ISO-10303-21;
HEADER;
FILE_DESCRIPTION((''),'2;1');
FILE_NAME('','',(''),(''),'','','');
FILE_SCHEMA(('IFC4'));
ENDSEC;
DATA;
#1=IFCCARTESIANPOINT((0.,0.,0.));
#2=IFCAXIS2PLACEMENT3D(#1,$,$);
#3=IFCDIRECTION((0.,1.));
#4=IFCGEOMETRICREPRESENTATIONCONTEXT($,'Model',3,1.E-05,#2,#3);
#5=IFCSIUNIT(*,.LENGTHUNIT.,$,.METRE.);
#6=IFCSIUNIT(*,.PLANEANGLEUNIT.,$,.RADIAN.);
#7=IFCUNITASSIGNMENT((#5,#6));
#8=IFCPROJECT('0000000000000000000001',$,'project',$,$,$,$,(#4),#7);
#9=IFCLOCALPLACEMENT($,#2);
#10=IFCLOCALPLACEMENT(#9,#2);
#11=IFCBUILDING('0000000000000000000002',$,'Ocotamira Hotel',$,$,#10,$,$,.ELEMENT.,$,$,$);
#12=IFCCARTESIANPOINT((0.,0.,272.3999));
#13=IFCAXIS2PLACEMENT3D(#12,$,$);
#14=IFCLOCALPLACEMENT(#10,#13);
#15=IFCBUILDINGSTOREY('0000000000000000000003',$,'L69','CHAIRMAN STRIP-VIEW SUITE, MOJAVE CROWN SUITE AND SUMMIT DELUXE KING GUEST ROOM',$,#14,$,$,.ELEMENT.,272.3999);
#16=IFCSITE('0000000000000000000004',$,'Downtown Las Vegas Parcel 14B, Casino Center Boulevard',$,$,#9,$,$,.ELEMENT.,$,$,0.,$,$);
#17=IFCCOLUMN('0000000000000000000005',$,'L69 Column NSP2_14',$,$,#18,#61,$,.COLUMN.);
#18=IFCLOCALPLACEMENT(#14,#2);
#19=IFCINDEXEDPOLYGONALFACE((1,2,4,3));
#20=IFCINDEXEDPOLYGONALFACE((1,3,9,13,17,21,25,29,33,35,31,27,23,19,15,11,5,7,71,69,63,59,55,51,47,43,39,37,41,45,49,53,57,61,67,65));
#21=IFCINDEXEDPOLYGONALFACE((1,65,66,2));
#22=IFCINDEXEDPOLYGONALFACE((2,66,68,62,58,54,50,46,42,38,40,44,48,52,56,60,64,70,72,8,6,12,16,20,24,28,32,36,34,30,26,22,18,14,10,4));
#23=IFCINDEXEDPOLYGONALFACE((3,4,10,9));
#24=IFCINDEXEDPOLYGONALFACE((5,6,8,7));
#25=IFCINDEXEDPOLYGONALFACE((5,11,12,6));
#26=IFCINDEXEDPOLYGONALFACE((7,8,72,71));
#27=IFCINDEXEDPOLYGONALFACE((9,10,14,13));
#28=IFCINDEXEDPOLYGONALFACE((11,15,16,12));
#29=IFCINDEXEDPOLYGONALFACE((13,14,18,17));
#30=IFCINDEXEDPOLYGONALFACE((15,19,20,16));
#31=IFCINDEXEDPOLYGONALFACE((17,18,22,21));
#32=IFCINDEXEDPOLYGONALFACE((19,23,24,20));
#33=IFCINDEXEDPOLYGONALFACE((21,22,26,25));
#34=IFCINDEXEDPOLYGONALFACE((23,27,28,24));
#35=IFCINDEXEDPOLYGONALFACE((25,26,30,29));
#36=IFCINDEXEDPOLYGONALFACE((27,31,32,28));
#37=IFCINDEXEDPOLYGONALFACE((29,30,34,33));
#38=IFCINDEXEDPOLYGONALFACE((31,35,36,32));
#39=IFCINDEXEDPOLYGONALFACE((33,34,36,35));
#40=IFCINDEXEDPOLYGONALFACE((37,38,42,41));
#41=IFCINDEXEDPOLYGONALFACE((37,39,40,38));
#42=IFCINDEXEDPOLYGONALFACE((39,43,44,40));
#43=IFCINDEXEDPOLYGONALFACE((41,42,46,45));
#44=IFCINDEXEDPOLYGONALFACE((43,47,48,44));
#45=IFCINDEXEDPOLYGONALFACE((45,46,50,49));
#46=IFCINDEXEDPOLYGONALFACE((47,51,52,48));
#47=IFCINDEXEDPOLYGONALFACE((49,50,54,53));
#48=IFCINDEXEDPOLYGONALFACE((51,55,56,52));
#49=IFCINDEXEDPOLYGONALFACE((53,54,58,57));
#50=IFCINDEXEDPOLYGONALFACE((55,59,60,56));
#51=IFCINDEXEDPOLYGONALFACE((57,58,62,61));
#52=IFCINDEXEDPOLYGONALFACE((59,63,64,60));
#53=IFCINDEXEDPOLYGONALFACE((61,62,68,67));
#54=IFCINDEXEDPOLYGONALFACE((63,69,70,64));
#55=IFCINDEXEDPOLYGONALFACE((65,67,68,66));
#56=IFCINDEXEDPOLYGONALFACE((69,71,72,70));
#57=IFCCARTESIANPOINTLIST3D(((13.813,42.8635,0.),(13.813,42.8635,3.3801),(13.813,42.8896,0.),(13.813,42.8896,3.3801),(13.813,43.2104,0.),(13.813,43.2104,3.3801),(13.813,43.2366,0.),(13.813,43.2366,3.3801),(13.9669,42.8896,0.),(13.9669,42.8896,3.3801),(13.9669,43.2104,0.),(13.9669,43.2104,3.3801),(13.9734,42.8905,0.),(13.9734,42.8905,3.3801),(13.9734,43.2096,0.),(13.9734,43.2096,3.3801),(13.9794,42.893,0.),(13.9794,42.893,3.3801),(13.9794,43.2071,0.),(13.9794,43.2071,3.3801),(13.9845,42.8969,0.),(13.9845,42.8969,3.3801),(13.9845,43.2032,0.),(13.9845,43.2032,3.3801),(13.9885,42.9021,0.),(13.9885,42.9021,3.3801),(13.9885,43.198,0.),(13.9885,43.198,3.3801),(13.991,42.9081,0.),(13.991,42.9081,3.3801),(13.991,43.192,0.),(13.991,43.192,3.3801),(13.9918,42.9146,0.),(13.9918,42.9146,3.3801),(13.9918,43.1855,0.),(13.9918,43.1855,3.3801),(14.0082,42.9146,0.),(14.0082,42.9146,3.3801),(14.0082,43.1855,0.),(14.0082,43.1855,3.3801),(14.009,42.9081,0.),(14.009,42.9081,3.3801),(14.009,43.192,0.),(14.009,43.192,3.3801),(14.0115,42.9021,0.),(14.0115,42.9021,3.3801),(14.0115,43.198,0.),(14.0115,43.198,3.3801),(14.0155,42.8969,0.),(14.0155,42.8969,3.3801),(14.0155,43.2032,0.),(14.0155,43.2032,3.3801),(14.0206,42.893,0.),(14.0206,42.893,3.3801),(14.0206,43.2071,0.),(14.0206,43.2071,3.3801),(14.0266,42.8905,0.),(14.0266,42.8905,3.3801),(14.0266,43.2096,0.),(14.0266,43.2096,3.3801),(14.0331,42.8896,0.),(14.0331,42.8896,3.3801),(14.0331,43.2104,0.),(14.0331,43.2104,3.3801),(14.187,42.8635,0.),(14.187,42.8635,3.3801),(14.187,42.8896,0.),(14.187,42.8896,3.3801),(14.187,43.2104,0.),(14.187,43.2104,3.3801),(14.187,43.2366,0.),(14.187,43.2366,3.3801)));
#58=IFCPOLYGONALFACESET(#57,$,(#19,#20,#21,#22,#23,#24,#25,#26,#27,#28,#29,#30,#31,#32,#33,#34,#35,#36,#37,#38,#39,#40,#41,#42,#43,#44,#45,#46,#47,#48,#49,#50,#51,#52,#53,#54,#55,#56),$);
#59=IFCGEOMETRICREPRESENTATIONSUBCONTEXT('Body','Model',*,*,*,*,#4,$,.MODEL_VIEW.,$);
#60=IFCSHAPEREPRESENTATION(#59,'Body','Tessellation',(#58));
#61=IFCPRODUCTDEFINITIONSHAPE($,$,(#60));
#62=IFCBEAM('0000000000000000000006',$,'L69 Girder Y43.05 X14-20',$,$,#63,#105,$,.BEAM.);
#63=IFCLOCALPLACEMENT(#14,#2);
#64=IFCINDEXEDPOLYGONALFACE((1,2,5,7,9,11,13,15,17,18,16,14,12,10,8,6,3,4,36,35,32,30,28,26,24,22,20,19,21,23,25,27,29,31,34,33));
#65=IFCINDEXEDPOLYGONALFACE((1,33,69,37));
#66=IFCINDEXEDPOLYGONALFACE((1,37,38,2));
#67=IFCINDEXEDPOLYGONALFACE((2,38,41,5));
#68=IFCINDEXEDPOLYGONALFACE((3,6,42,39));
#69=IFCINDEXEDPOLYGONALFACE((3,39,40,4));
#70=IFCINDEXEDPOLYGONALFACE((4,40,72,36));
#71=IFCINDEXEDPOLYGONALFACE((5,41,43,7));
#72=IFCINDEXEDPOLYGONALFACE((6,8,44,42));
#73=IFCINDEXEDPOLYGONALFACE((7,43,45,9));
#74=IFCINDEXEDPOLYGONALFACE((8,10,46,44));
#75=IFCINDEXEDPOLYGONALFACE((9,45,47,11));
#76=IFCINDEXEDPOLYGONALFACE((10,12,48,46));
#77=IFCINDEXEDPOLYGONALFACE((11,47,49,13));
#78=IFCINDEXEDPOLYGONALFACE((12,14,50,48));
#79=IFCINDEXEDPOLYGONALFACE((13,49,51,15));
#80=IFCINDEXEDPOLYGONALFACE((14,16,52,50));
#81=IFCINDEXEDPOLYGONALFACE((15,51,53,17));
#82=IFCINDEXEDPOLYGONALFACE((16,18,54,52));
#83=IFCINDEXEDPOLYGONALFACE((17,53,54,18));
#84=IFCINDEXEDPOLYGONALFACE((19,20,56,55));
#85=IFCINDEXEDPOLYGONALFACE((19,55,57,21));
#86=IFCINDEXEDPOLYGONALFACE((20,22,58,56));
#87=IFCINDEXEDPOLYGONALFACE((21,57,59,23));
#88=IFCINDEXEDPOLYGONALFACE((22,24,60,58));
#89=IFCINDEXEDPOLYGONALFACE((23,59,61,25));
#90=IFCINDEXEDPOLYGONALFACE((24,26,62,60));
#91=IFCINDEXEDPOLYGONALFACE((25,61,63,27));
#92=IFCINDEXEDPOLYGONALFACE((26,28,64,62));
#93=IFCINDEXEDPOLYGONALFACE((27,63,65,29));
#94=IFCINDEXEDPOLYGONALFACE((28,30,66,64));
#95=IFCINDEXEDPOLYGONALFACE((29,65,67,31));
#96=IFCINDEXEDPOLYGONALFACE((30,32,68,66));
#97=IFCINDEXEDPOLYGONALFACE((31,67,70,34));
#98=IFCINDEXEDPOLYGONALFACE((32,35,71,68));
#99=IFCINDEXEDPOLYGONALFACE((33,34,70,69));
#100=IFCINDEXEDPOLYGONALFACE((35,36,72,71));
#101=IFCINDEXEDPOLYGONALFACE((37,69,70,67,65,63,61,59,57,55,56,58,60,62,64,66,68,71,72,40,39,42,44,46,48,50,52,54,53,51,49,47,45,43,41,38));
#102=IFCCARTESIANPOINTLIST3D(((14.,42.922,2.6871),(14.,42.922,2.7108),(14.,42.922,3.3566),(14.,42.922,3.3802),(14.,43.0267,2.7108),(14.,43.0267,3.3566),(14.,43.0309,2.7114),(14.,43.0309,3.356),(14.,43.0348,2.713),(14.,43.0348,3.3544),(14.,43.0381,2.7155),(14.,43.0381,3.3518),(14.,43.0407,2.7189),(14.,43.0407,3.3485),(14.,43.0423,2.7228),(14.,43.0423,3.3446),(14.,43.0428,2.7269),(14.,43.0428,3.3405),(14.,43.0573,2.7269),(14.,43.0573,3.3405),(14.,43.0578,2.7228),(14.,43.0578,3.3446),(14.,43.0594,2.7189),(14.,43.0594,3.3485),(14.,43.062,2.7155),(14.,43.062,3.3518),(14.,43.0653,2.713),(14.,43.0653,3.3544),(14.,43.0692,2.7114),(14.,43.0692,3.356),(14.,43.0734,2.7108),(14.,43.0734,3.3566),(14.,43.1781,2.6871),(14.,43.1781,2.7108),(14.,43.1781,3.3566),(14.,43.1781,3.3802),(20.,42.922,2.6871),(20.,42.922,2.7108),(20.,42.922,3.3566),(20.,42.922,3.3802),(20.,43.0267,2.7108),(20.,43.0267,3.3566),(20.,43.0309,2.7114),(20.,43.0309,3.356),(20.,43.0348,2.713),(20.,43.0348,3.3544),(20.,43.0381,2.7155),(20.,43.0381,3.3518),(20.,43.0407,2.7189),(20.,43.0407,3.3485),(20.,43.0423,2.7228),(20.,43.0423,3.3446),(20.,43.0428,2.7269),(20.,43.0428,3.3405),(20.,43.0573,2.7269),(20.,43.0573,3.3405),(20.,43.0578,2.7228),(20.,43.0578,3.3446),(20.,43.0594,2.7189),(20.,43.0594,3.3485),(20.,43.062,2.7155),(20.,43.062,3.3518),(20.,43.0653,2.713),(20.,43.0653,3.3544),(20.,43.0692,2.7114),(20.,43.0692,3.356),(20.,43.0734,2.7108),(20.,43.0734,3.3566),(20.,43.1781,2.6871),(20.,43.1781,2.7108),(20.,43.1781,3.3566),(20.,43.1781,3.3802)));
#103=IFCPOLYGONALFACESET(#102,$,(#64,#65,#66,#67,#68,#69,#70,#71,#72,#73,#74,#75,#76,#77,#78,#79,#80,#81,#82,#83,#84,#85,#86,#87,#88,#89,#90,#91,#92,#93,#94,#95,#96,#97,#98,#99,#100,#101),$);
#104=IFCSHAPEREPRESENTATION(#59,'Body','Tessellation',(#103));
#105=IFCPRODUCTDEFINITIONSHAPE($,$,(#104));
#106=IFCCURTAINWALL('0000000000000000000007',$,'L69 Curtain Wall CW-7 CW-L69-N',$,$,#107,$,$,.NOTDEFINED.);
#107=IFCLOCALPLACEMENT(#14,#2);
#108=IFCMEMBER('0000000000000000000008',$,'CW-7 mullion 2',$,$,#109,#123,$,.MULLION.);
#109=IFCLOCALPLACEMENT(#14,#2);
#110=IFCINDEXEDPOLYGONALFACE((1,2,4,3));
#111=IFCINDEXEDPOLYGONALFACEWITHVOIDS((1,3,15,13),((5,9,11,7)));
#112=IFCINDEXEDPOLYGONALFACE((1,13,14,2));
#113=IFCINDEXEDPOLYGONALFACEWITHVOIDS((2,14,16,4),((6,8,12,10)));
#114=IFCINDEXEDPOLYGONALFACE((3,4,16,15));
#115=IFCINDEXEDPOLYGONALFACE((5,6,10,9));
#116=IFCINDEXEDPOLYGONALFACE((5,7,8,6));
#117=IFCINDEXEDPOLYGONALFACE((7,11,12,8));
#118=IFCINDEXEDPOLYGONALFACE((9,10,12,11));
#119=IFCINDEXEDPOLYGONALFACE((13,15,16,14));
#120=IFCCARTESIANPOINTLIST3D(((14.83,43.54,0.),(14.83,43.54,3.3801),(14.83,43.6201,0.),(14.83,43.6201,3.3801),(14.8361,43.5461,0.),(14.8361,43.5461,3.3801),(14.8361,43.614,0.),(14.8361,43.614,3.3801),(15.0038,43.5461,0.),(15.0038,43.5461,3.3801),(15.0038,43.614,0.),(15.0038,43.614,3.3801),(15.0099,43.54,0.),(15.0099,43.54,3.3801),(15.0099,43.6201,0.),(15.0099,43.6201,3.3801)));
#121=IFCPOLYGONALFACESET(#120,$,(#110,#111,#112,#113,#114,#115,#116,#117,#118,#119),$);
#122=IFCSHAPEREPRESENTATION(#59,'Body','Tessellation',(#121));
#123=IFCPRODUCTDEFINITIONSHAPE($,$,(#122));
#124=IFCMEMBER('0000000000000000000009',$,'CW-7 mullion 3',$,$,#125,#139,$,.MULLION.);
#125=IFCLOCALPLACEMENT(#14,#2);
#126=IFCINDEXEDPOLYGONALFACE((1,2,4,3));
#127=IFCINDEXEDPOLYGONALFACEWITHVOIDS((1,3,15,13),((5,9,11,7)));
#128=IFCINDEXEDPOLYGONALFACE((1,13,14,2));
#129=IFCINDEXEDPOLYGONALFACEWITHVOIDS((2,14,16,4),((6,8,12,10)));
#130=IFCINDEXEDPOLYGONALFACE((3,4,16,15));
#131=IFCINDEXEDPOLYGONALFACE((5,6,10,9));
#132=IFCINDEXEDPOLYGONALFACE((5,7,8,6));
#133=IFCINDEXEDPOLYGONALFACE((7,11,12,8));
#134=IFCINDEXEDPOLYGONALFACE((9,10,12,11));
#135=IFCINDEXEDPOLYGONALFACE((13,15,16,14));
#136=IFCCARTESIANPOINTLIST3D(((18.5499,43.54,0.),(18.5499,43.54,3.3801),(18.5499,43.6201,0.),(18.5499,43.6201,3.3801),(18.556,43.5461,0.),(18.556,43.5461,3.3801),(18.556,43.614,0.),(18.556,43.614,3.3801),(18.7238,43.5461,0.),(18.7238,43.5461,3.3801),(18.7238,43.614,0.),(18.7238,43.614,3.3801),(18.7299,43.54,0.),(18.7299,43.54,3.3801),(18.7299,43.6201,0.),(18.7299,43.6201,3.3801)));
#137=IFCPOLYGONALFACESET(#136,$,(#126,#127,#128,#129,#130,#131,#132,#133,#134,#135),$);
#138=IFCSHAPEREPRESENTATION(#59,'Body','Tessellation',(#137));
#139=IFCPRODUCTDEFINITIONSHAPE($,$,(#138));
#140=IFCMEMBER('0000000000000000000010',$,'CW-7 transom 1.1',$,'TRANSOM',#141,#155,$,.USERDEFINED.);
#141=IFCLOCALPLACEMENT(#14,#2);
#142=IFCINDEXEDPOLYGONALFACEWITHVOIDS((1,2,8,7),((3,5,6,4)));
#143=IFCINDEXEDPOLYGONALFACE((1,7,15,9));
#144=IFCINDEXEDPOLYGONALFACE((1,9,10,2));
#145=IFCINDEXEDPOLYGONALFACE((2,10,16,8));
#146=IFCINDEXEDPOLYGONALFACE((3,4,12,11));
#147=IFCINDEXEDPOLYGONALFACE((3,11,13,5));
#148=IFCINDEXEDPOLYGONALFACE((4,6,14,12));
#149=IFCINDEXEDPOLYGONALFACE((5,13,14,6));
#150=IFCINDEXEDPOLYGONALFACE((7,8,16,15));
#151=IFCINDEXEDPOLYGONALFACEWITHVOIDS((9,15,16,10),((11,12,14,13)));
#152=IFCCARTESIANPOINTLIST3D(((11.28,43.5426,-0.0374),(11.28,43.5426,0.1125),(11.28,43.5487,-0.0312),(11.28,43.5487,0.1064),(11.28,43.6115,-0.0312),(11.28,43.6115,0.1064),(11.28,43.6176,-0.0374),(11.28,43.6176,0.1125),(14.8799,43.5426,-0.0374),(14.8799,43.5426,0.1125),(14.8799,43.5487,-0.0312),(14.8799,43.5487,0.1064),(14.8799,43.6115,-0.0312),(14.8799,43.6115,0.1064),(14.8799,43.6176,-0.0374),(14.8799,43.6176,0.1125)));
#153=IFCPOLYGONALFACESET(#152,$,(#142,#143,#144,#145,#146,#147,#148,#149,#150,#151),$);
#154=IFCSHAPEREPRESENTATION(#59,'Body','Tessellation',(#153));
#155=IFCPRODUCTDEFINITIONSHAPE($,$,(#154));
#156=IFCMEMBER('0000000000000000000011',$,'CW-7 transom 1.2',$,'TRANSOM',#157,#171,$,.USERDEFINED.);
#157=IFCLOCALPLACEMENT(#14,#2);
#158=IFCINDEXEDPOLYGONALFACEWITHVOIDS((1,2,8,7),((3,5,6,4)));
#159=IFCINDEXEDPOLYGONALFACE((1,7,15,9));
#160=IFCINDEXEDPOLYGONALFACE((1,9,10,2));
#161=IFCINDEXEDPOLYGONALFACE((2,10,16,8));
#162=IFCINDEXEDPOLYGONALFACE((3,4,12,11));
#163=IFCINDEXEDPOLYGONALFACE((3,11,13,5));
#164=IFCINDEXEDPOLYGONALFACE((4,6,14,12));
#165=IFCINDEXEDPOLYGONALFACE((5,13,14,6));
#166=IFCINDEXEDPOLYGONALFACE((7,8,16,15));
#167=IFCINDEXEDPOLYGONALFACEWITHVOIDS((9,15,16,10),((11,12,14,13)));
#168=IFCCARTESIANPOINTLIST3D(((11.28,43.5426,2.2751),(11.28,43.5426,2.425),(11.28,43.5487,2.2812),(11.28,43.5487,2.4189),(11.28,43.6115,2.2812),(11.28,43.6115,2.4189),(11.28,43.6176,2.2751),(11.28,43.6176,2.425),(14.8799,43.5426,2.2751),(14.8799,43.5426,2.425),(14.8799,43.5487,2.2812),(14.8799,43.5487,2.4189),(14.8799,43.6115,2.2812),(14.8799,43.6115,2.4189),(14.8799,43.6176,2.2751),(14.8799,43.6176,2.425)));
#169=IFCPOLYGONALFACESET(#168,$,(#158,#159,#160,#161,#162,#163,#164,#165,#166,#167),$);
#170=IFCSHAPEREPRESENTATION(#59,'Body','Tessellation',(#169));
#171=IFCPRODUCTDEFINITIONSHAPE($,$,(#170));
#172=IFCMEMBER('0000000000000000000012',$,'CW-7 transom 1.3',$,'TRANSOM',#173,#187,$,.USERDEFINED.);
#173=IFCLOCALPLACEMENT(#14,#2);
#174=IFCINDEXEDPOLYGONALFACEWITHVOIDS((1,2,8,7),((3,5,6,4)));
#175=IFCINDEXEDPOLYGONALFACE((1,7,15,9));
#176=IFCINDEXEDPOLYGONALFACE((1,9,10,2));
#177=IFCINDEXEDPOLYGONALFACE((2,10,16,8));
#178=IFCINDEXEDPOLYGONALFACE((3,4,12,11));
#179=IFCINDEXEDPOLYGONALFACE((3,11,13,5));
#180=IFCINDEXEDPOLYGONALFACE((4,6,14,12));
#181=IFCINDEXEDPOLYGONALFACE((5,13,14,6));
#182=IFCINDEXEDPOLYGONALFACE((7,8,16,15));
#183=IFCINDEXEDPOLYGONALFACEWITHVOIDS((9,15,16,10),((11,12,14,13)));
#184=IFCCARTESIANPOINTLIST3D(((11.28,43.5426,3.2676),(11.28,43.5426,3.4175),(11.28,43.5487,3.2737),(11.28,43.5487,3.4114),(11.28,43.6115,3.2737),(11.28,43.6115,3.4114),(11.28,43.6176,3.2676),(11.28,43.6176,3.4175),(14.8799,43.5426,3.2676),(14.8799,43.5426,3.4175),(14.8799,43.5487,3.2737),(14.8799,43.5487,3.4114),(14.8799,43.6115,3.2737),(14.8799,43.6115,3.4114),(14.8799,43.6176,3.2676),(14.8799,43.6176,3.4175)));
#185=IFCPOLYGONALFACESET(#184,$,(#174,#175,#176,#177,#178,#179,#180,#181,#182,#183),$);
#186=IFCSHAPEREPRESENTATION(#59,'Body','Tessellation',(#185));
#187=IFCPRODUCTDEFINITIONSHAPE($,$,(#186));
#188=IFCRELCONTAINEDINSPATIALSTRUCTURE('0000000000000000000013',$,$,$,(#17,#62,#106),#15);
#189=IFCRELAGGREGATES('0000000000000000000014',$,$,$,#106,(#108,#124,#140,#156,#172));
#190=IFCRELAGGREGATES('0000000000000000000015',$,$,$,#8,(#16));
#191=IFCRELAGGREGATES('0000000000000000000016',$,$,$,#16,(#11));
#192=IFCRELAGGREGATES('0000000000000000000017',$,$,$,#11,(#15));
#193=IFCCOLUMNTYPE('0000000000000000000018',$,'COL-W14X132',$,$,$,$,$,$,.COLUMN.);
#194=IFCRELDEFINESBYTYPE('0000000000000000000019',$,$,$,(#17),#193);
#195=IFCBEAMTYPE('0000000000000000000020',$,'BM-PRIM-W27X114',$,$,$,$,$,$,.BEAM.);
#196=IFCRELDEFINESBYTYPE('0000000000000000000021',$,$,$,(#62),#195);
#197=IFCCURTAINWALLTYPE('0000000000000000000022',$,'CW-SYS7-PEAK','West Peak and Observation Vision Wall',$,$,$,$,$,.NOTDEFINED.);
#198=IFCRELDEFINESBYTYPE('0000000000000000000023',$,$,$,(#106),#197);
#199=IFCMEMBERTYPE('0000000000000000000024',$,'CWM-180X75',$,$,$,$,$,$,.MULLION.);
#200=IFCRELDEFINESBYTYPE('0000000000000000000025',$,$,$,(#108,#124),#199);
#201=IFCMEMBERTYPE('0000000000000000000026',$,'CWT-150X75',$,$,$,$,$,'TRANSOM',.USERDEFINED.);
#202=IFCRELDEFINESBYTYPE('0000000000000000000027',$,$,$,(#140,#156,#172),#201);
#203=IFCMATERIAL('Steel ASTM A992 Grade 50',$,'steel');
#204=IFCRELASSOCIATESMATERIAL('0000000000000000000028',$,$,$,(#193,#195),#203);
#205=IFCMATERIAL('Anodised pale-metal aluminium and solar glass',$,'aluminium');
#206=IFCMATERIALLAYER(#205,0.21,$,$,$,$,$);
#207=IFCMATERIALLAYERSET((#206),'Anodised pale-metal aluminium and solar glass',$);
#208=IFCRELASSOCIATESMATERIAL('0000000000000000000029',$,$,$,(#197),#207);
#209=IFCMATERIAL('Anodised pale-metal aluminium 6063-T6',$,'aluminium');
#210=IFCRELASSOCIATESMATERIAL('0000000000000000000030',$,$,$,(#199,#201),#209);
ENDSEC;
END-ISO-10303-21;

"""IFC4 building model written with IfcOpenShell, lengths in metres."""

from ifc_helpers import new_model, si_unit, direction, frame, origin, origin_2d, place, context, subcontext, project, spatial, hollow_rectangle, i_section, extrude, source, transform, mapped, material, layer, layer_set, material_profile, profile_set, type_object, element, aggregate, save


model = new_model("IFC4")

# Units and contexts
model_context = context("Model", 3, precision=1e-05, world=origin(), true_north=direction((0.0, 1.0)))
body_context = subcontext(model_context, "Body", "Model", "MODEL_VIEW")
ifc_project = project(units=[si_unit("LENGTHUNIT", "METRE"), si_unit("PLANEANGLEUNIT", "RADIAN")], contexts=[model_context])

# Site, building, storey
site_placement = place(None, origin())
site = spatial("IfcSite", under=ifc_project, at=site_placement, Name="Downtown Las Vegas Parcel 14B, Casino Center Boulevard", CompositionType="ELEMENT", RefElevation=0.0)
building_placement = place(site_placement, origin())
building = spatial("IfcBuilding", under=site, at=building_placement, Name="Ocotamira Hotel", CompositionType="ELEMENT")
storey_placement = place(building_placement, frame((0.0, 0.0, 272.3999)))
storey = spatial("IfcBuildingStorey", under=building, at=storey_placement, Name="L69", Description="CHAIRMAN STRIP-VIEW SUITE, MOJAVE CROWN SUITE AND SUMMIT DELUXE KING GUEST ROOM", CompositionType="ELEMENT", Elevation=272.3999)

# Column
ifc_material_1 = material(Name="Steel ASTM A992 Grade 50", Category="steel")
ifc_material_profile_1 = material_profile(ifc_material_1, i_section(OverallWidth=0.374, OverallDepth=0.373, WebThickness=0.0164, FlangeThickness=0.0261, FilletRadius=0.0249, at=origin_2d()), Name="W14X132")
ifc_profile_set_1 = profile_set([ifc_material_profile_1], Name="Steel ASTM A992 Grade 50")
column_type = type_object("IfcColumnType", Name="COL-W14X132", PredefinedType="COLUMN", material=ifc_profile_set_1)
shared_shape_1 = source(origin(), body_context, "Body", "SweptSolid", [
    extrude(i_section(OverallWidth=0.374, OverallDepth=0.373, WebThickness=0.0164, FlangeThickness=0.0261, FilletRadius=0.0249, at=origin_2d()), origin(), (0.0, 0.0, 1.0), 3.3801),
])
column_placement = place(storey_placement, frame((14.0, 43.05, 0.0), z_axis=(0.0, 0.0, 1.0), x_axis=(1.0, 0.0, 0.0)))
element("IfcColumn", 1, at=column_placement, inside=storey, type_object=column_type, Name="L69 Column NSP2_14", PredefinedType="COLUMN", context=body_context, shape_type="MappedRepresentation", body=[
    mapped(shared_shape_1, transform((0.0, 0.0, 0.0), scale=1.0)),
])

# Beam
ifc_material_profile_2 = material_profile(ifc_material_1, i_section(OverallWidth=0.2561, OverallDepth=0.6931, WebThickness=0.0144, FlangeThickness=0.0237, FilletRadius=0.0161, at=origin_2d()), Name="W27X114")
ifc_profile_set_2 = profile_set([ifc_material_profile_2], Name="Steel ASTM A992 Grade 50")
beam_type = type_object("IfcBeamType", Name="BM-PRIM-W27X114", PredefinedType="BEAM", material=ifc_profile_set_2)
shared_shape_2 = source(origin(), body_context, "Body", "SweptSolid", [
    extrude(i_section(OverallWidth=0.2561, OverallDepth=0.6931, WebThickness=0.0144, FlangeThickness=0.0237, FilletRadius=0.0161, at=origin_2d()), origin(), (0.0, 0.0, 1.0), 6.0),
])
beam_placement = place(storey_placement, frame((14.0, 43.05, 3.0337), z_axis=(1.0, 0.0, 0.0), x_axis=(0.0, 1.0, 0.0)))
element("IfcBeam", 2, at=beam_placement, inside=storey, type_object=beam_type, Name="L69 Girder Y43.05 X14-20", PredefinedType="BEAM", context=body_context, shape_type="MappedRepresentation", body=[
    mapped(shared_shape_2, transform((0.0, 0.0, 0.0), scale=1.0)),
])

# Curtain wall, members
ifc_material_2 = material(Name="Anodised pale-metal aluminium and solar glass", Category="aluminium")
ifc_layer_1 = layer(ifc_material_2, 0.21)
ifc_layer_set_1 = layer_set([ifc_layer_1], Name="Anodised pale-metal aluminium and solar glass")
curtain_wall_type = type_object("IfcCurtainWallType", Name="CW-SYS7-PEAK", Description="West Peak and Observation Vision Wall", PredefinedType="NOTDEFINED", material=ifc_layer_set_1)
curtain_wall_placement = place(storey_placement, origin())
curtain_wall = element("IfcCurtainWall", 3, at=curtain_wall_placement, inside=storey, type_object=curtain_wall_type, Name="L69 Curtain Wall CW-7 CW-L69-N", PredefinedType="NOTDEFINED")
ifc_material_3 = material(Name="Anodised pale-metal aluminium 6063-T6", Category="aluminium")
ifc_material_profile_3 = material_profile(ifc_material_3, hollow_rectangle(XDim=0.0801, YDim=0.1799, WallThickness=0.0061, at=origin_2d()), Name="HSS180X80X6")
ifc_profile_set_3 = profile_set([ifc_material_profile_3], Name="Anodised pale-metal aluminium 6063-T6")
member_type_1 = type_object("IfcMemberType", Name="CWM-180X75", PredefinedType="MULLION", material=ifc_profile_set_3)
shared_shape_3 = source(origin(), body_context, "Body", "SweptSolid", [
    extrude(hollow_rectangle(XDim=0.0801, YDim=0.1799, WallThickness=0.0061, at=origin_2d()), origin(), (0.0, 0.0, 1.0), 3.3801),
])
member_1_placement = place(storey_placement, frame((14.9199, 43.5801, 0.0), z_axis=(0.0, 0.0, 1.0), x_axis=(0.0, 1.0, 0.0)))
member_1 = element("IfcMember", 4, at=member_1_placement, type_object=member_type_1, Name="CW-7 mullion 2", PredefinedType="MULLION", context=body_context, shape_type="MappedRepresentation", body=[
    mapped(shared_shape_3, transform((0.0, 0.0, 0.0), scale=1.0)),
])
member_2_placement = place(storey_placement, frame((18.6399, 43.5801, 0.0), z_axis=(0.0, 0.0, 1.0), x_axis=(0.0, 1.0, 0.0)))
member_2 = element("IfcMember", 5, at=member_2_placement, type_object=member_type_1, Name="CW-7 mullion 3", PredefinedType="MULLION", context=body_context, shape_type="MappedRepresentation", body=[
    mapped(shared_shape_3, transform((0.0, 0.0, 0.0), scale=1.0)),
])
ifc_material_profile_4 = material_profile(ifc_material_3, hollow_rectangle(XDim=0.075, YDim=0.1499, WallThickness=0.0061, at=origin_2d()), Name="HSS150X75X6")
ifc_profile_set_4 = profile_set([ifc_material_profile_4], Name="Anodised pale-metal aluminium 6063-T6")
member_type_2 = type_object("IfcMemberType", Name="CWT-150X75", ElementType="TRANSOM", PredefinedType="USERDEFINED", material=ifc_profile_set_4)
shared_shape_4 = source(origin(), body_context, "Body", "SweptSolid", [
    extrude(hollow_rectangle(XDim=0.075, YDim=0.1499, WallThickness=0.0061, at=origin_2d()), origin(), (0.0, 0.0, 1.0), 3.5999),
])
member_3_placement = place(storey_placement, frame((11.28, 43.5801, 0.0376), z_axis=(1.0, 0.0, 0.0), x_axis=(0.0, 1.0, 0.0)))
member_3 = element("IfcMember", 6, at=member_3_placement, type_object=member_type_2, Name="CW-7 transom 1.1", ObjectType="TRANSOM", PredefinedType="USERDEFINED", context=body_context, shape_type="MappedRepresentation", body=[
    mapped(shared_shape_4, transform((0.0, 0.0, 0.0), scale=1.0)),
])
member_4_placement = place(storey_placement, frame((11.28, 43.5801, 2.3501), z_axis=(1.0, 0.0, 0.0), x_axis=(0.0, 1.0, 0.0)))
member_4 = element("IfcMember", 7, at=member_4_placement, type_object=member_type_2, Name="CW-7 transom 1.2", ObjectType="TRANSOM", PredefinedType="USERDEFINED", context=body_context, shape_type="MappedRepresentation", body=[
    mapped(shared_shape_4, transform((0.0, 0.0, 0.0), scale=1.0)),
])
member_5_placement = place(storey_placement, frame((11.28, 43.5801, 3.3425), z_axis=(1.0, 0.0, 0.0), x_axis=(0.0, 1.0, 0.0)))
member_5 = element("IfcMember", 8, at=member_5_placement, type_object=member_type_2, Name="CW-7 transom 1.3", ObjectType="TRANSOM", PredefinedType="USERDEFINED", context=body_context, shape_type="MappedRepresentation", body=[
    mapped(shared_shape_4, transform((0.0, 0.0, 0.0), scale=1.0)),
])
aggregate(curtain_wall, [member_1, member_2, member_3, member_4, member_5])

save(model, "model.ifc")
